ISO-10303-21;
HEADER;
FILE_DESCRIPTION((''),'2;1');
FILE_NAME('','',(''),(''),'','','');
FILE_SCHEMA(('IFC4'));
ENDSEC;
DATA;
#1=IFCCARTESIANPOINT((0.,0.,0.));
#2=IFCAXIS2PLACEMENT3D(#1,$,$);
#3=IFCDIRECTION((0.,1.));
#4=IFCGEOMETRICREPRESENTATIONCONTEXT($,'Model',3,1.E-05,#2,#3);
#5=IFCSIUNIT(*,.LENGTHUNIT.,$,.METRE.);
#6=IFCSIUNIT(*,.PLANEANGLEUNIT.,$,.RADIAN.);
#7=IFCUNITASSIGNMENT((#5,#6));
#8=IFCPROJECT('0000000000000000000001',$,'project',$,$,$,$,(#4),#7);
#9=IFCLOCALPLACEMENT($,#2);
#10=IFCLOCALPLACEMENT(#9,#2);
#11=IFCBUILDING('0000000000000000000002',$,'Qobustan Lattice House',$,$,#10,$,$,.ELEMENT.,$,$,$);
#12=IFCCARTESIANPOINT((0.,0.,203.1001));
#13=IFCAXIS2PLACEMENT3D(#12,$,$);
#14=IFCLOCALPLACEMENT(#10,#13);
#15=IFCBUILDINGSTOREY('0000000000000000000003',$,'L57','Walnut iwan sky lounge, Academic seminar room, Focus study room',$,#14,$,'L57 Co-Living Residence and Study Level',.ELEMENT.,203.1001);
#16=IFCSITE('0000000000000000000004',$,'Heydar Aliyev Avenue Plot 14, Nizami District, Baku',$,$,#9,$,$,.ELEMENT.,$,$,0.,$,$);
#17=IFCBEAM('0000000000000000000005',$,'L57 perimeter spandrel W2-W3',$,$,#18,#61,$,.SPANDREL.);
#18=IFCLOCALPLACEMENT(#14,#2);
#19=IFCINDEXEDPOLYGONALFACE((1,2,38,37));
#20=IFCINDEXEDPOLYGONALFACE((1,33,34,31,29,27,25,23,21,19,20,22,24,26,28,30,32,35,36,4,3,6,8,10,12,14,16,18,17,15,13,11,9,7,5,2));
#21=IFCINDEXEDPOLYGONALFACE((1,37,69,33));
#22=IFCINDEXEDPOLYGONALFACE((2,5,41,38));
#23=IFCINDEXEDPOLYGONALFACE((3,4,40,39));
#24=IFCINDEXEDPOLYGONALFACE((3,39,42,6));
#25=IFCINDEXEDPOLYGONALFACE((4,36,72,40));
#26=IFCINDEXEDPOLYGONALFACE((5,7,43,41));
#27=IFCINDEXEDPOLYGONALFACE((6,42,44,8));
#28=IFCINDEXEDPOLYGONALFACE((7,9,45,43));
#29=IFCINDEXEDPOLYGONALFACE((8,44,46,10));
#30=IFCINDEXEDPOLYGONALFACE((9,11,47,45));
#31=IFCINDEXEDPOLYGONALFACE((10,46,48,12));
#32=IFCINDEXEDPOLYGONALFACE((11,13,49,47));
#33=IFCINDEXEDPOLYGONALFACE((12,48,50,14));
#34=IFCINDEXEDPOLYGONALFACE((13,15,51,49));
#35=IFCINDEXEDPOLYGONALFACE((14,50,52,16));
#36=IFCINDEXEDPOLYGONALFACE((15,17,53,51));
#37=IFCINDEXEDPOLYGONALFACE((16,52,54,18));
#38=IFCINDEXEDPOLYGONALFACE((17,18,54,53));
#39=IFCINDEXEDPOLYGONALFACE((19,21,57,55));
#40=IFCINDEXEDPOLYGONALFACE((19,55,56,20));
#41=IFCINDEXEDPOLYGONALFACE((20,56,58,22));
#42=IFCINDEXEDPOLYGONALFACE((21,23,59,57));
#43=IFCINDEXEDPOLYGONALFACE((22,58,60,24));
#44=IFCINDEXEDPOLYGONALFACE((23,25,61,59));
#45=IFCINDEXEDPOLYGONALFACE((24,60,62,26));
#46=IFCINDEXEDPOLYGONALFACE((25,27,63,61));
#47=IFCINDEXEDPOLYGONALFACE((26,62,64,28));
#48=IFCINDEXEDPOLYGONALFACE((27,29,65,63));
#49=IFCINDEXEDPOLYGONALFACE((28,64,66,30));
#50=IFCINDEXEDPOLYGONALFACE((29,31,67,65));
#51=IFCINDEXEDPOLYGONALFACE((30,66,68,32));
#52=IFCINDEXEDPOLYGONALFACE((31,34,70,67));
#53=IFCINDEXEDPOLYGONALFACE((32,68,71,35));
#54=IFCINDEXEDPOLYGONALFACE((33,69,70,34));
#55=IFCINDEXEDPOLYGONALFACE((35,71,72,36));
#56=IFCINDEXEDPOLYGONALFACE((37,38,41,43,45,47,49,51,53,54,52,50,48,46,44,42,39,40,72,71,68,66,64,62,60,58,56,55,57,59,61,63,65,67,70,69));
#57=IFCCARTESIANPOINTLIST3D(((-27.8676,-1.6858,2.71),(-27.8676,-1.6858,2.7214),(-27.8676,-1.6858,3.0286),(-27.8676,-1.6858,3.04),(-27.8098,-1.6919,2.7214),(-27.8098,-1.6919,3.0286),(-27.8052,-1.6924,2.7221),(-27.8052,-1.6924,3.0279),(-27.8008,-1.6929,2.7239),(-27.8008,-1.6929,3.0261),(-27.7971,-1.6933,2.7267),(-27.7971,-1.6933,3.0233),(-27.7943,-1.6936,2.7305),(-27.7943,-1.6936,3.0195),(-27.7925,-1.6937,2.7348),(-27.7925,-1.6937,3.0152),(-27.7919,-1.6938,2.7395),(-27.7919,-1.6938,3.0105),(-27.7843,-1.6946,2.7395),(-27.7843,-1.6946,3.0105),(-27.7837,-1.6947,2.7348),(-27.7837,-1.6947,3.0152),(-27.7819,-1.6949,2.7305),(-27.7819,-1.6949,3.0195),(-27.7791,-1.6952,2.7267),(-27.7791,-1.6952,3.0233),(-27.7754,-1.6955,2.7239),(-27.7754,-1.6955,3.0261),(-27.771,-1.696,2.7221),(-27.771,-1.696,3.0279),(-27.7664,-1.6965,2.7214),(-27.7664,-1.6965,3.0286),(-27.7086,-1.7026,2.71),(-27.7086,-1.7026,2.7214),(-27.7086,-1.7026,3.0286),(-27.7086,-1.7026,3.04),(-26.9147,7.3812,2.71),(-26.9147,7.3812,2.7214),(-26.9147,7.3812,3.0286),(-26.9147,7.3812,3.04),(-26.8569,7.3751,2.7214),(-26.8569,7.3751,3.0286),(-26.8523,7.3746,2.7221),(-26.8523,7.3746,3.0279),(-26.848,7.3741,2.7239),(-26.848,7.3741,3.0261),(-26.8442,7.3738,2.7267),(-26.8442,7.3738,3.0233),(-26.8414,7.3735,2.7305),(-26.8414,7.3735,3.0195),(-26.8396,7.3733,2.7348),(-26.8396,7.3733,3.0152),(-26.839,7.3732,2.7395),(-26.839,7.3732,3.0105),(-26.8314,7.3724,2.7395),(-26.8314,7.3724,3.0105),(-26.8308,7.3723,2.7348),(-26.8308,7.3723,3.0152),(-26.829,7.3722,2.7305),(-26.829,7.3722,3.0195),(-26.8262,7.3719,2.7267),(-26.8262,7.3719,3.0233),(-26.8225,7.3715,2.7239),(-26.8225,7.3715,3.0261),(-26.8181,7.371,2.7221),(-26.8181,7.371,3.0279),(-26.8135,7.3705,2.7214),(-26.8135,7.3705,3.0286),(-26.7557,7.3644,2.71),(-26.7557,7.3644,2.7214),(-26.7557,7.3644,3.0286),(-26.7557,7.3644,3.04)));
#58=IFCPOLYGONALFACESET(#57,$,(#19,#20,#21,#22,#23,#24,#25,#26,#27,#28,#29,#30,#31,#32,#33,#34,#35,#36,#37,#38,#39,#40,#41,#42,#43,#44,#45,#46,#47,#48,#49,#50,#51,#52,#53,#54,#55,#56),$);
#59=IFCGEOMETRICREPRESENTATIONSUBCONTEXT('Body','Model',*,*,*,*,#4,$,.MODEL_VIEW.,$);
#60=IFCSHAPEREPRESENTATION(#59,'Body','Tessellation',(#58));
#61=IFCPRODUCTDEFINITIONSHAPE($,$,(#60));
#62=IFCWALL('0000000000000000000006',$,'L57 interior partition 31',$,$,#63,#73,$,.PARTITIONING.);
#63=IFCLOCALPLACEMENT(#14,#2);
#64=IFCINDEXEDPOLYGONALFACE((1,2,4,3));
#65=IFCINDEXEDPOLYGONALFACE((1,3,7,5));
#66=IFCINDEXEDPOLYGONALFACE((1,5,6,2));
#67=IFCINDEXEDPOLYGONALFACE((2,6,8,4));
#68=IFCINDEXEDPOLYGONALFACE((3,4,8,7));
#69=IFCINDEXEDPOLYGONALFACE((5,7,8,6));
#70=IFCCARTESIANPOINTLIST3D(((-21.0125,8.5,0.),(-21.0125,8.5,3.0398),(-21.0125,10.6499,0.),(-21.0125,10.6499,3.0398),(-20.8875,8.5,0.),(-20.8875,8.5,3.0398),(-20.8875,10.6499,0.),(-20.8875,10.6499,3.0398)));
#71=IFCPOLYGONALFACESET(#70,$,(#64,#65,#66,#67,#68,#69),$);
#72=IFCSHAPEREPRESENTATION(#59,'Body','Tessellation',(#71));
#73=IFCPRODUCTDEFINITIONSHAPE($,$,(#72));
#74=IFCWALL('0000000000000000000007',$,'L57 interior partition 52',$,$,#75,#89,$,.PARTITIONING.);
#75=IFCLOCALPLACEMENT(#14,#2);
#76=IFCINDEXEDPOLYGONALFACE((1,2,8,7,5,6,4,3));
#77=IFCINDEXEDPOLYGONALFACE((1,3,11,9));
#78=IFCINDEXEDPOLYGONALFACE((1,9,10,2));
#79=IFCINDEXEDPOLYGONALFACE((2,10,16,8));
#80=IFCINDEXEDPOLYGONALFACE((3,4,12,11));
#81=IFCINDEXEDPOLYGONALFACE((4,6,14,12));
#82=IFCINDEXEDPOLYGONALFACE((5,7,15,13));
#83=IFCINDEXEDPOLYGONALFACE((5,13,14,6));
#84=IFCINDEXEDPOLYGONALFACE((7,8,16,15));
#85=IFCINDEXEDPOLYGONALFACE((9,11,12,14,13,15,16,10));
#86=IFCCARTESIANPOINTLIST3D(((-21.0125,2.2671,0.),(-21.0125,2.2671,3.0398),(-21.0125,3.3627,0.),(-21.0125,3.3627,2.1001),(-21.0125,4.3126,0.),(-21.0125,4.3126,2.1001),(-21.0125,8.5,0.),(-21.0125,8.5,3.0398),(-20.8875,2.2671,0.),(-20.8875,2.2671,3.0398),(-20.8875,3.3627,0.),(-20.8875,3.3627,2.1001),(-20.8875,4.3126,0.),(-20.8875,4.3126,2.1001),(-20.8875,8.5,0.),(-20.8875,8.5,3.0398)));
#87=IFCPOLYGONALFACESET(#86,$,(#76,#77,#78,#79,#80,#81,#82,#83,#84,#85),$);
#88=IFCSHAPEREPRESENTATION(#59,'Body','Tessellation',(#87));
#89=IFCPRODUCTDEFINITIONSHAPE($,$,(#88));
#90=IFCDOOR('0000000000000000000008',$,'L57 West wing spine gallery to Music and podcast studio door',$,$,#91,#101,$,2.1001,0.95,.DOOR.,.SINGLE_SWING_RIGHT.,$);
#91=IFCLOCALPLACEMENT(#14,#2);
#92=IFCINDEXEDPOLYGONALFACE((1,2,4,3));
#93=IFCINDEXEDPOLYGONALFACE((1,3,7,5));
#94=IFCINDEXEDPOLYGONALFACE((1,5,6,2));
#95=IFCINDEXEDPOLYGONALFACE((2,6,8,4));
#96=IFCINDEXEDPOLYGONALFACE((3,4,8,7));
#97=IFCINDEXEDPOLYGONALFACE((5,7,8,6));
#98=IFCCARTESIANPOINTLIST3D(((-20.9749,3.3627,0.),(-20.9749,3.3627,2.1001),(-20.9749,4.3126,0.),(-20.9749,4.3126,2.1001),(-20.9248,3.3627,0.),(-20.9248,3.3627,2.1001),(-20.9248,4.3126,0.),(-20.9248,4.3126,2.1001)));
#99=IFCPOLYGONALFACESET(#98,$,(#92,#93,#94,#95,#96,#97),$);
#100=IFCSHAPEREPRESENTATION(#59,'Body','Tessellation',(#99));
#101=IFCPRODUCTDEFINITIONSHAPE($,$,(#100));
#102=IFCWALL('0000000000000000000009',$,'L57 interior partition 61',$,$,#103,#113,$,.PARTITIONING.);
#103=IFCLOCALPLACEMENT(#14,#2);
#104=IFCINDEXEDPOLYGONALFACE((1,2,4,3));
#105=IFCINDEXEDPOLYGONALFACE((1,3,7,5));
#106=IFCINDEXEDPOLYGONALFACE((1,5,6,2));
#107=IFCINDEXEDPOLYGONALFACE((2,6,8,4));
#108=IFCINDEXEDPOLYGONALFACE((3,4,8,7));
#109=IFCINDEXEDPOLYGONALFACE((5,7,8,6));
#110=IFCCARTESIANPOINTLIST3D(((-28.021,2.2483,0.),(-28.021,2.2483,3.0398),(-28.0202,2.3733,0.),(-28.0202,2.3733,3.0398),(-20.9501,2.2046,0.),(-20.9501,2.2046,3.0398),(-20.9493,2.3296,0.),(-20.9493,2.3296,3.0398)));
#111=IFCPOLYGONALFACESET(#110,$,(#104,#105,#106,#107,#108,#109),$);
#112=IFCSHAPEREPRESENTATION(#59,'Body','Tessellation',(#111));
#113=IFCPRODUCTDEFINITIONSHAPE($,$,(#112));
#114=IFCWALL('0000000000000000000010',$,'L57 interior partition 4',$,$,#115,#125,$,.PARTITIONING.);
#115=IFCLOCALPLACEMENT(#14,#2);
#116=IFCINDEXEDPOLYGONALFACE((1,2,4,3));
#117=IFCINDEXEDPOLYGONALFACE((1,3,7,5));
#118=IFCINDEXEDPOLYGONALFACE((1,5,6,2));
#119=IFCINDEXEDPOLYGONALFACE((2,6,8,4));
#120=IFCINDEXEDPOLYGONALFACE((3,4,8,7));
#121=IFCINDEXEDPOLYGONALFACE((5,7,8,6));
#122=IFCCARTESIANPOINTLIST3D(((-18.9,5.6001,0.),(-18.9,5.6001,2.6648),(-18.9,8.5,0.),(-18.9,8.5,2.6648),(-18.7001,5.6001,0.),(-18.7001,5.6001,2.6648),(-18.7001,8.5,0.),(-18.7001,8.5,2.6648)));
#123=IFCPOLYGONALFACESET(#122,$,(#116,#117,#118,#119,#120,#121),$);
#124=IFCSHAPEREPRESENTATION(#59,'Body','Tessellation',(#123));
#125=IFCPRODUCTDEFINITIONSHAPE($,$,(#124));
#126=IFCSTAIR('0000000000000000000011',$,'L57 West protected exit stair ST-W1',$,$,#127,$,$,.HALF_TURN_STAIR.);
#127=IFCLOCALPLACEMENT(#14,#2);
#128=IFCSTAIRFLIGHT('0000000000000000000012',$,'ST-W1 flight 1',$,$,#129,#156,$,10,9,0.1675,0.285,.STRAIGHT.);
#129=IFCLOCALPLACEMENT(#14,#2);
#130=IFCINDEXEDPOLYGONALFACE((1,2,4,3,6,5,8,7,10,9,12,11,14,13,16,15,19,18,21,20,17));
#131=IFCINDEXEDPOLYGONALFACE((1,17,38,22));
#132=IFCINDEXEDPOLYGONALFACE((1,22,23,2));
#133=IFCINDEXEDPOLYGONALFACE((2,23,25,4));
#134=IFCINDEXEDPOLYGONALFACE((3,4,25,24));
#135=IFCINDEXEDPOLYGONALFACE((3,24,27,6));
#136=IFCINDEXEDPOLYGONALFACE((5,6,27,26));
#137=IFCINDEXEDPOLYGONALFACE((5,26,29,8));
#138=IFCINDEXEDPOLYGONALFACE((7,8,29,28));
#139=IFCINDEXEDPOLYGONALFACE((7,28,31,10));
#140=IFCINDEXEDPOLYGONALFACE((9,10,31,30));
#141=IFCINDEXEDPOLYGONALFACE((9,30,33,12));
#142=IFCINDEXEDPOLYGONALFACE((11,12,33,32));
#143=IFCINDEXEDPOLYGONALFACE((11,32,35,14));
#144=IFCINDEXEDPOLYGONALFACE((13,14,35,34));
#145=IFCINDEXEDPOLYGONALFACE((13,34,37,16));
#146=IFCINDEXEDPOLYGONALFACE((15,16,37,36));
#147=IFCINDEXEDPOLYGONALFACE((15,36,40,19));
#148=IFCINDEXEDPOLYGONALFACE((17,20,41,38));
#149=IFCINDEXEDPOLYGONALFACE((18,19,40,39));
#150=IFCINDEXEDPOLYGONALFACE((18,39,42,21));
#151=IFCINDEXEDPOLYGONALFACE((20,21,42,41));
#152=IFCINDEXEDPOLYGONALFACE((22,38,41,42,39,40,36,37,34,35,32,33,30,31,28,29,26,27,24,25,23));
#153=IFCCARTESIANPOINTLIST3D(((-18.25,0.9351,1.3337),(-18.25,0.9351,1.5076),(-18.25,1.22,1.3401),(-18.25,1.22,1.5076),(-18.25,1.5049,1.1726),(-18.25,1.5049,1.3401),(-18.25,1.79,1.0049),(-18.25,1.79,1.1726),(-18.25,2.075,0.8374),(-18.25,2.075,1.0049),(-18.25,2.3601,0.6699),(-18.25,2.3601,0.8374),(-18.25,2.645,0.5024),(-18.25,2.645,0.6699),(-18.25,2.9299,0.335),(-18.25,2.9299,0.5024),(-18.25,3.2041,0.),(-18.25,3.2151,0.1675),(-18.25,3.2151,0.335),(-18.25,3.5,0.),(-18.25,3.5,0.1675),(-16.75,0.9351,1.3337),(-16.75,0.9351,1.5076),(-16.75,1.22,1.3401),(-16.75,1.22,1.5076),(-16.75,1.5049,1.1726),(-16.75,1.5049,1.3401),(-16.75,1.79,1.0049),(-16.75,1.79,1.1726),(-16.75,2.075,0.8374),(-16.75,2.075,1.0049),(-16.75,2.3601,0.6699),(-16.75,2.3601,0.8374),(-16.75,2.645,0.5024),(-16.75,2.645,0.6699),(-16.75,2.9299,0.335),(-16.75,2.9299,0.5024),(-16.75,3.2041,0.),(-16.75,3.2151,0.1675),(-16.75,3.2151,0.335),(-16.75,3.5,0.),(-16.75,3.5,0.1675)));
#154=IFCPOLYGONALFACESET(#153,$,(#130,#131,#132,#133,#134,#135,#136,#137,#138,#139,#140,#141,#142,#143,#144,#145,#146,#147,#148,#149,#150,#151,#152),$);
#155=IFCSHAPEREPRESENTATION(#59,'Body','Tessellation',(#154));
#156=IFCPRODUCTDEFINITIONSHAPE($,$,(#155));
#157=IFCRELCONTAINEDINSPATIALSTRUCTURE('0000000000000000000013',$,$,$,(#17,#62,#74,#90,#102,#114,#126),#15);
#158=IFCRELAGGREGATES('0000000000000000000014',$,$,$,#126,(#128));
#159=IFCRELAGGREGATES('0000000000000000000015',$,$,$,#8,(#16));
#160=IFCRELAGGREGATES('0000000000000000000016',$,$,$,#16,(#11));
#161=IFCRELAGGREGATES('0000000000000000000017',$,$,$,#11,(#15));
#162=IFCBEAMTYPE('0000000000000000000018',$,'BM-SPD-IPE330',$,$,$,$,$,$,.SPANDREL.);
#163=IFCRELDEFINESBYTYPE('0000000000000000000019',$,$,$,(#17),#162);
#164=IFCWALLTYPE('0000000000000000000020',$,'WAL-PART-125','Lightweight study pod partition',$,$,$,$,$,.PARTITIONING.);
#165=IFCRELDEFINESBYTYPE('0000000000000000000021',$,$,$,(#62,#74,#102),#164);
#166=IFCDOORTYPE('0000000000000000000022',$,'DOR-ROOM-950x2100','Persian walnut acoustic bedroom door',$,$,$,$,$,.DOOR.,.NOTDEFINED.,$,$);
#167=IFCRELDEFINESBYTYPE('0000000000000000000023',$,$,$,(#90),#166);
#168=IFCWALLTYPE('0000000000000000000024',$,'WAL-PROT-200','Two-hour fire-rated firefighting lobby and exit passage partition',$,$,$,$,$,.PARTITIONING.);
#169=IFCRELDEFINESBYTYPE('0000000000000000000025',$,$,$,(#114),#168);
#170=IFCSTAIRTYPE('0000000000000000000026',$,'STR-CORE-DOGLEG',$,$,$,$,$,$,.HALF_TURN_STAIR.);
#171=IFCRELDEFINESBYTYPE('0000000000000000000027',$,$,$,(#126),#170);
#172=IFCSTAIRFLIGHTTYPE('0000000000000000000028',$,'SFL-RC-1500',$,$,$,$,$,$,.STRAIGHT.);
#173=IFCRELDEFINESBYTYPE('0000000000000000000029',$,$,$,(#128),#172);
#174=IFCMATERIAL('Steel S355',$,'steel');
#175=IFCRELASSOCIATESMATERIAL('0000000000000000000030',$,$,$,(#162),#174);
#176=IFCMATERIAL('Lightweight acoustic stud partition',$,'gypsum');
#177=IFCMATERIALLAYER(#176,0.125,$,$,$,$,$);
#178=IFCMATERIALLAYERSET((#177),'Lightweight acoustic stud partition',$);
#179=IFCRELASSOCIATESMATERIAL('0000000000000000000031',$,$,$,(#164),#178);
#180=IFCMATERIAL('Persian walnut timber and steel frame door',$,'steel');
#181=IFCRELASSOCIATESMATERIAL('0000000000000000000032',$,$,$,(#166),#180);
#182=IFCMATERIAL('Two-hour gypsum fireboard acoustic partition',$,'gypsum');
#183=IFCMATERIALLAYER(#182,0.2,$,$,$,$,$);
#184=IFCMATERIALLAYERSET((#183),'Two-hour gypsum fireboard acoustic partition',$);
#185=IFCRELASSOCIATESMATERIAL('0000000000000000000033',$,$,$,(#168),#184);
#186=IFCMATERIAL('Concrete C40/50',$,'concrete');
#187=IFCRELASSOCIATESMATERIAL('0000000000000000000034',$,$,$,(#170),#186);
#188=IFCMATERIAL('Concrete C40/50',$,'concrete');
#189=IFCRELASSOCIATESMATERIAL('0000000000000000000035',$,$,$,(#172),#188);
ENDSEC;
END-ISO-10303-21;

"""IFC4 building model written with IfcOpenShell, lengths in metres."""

from ifc_helpers import new_model, si_unit, direction, frame, frame_2d, origin, origin_2d, place, context, subcontext, project, spatial, polyline, rectangle, i_section, outline, extrude, material, layer, layer_set, material_profile, profile_set, type_object, element, fill, aggregate, save


model = new_model("IFC4")

# Units and contexts
model_context = context("Model", 3, precision=1e-05, world=origin(), true_north=direction((0.0, 1.0)))
body_context = subcontext(model_context, "Body", "Model", "MODEL_VIEW")
ifc_project = project(units=[si_unit("LENGTHUNIT", "METRE"), si_unit("PLANEANGLEUNIT", "RADIAN")], contexts=[model_context])

# Site, building, storey
site_placement = place(None, origin())
site = spatial("IfcSite", under=ifc_project, at=site_placement, Name="Heydar Aliyev Avenue Plot 14, Nizami District, Baku", CompositionType="ELEMENT", RefElevation=0.0)
building_placement = place(site_placement, origin())
building = spatial("IfcBuilding", under=site, at=building_placement, Name="Qobustan Lattice House", CompositionType="ELEMENT")
storey_placement = place(building_placement, frame((0.0, 0.0, 203.1001)))
storey = spatial("IfcBuildingStorey", under=building, at=storey_placement, Name="L57", Description="Walnut iwan sky lounge, Academic seminar room, Focus study room", LongName="L57 Co-Living Residence and Study Level", CompositionType="ELEMENT", Elevation=203.1001)

# Beam
ifc_material_1 = material(Name="Steel S355", Category="steel")
ifc_material_profile_1 = material_profile(ifc_material_1, i_section(OverallWidth=0.1599, OverallDepth=0.3301, WebThickness=0.0076, FlangeThickness=0.0115, FilletRadius=0.0181, at=origin_2d()), Name="IPE330")
ifc_profile_set_1 = profile_set([ifc_material_profile_1], Name="Steel S355")
beam_type_1 = type_object("IfcBeamType", Name="BM-SPD-IPE330", PredefinedType="SPANDREL", material=ifc_profile_set_1)
beam_1_placement = place(storey_placement, frame((-26.8352, 7.3728, 2.875), z_axis=(-0.104519, -0.994523, 0.0), x_axis=(0.994523, -0.104519, 0.0)))
element("IfcBeam", 1, at=beam_1_placement, inside=storey, type_object=beam_type_1, Name="L57 perimeter spandrel W2-W3", PredefinedType="SPANDREL", context=body_context, shape_type="SweptSolid", body=[
    extrude(i_section(OverallWidth=0.1599, OverallDepth=0.3301, WebThickness=0.0076, FlangeThickness=0.0115, FilletRadius=0.0181, at=origin_2d()), origin(), (0.0, 0.0, 1.0), 9.1169),
])

# Wall
ifc_material_2 = material(Name="Lightweight acoustic stud partition", Category="gypsum")
ifc_layer_1 = layer(ifc_material_2, 0.125)
ifc_layer_set_1 = layer_set([ifc_layer_1], Name="Lightweight acoustic stud partition")
wall_type_1 = type_object("IfcWallType", Name="WAL-PART-125", Description="Lightweight study pod partition", PredefinedType="PARTITIONING", material=ifc_layer_set_1)
wall_1_placement = place(storey_placement, frame((-20.95, 8.5, 0.0), z_axis=(0.0, 0.0, 1.0), x_axis=(0.0, 1.0, 0.0)))
element("IfcWall", 2, at=wall_1_placement, inside=storey, type_object=wall_type_1, Name="L57 interior partition 31", PredefinedType="PARTITIONING", context=body_context, shape_type="SweptSolid", body=[
    extrude(rectangle(XDim=2.1499, YDim=0.125, at=frame_2d((1.075, 0.0))), origin(), (0.0, 0.0, 1.0), 3.0398),
])

# Wall, opening, door
wall_2_placement = place(storey_placement, frame((-20.95, 2.2671, 0.0), z_axis=(0.0, 0.0, 1.0), x_axis=(0.0, 1.0, 0.0)))
wall_2 = element("IfcWall", 3, at=wall_2_placement, inside=storey, type_object=wall_type_1, Name="L57 interior partition 52", PredefinedType="PARTITIONING", context=body_context, shape_type="SweptSolid", body=[
    extrude(rectangle(XDim=6.2329, YDim=0.125, at=frame_2d((3.1165, 0.0))), origin(), (0.0, 0.0, 1.0), 3.0398),
])
opening_1_placement = place(wall_2_placement, frame((1.0955, 0.0, 0.0)))
opening_1 = element("IfcOpeningElement", 4, at=opening_1_placement, cuts=wall_2, PredefinedType="OPENING", context=body_context, shape_type="SweptSolid", body=[
    extrude(rectangle(XDim=0.95, YDim=2.1001, at=frame_2d((0.4751, 1.05))), frame((0.0, 0.0725, 0.0), z_axis=(0.0, -1.0, 0.0), x_axis=(1.0, 0.0, 0.0)), (0.0, 0.0, 1.0), 0.145),
])
ifc_material_3 = material(Name="Persian walnut timber and steel frame door", Category="steel")
door_type_1 = type_object("IfcDoorType", Name="DOR-ROOM-950x2100", Description="Persian walnut acoustic bedroom door", OperationType="NOTDEFINED", PredefinedType="DOOR", material=ifc_material_3)
door_1_placement = place(opening_1_placement, origin())
door_1 = element("IfcDoor", 5, at=door_1_placement, inside=storey, type_object=door_type_1, Name="L57 West wing spine gallery to Music and podcast studio door", OperationType="SINGLE_SWING_RIGHT", OverallHeight=2.1001, OverallWidth=0.95, PredefinedType="DOOR", context=body_context, shape_type="SweptSolid", body=[
    extrude(rectangle(XDim=0.95, YDim=2.1001, at=frame_2d((0.4751, 1.05))), frame((0.0, 0.0249, 0.0), z_axis=(0.0, -1.0, 0.0), x_axis=(1.0, 0.0, 0.0)), (0.0, 0.0, 1.0), 0.05),
])
fill(opening_1, door_1)

# Wall
wall_3_placement = place(storey_placement, frame((-28.0208, 2.3108, 0.0), z_axis=(0.0, 0.0, 1.0), x_axis=(0.999981, -0.00618, 0.0)))
element("IfcWall", 6, at=wall_3_placement, inside=storey, type_object=wall_type_1, Name="L57 interior partition 61", PredefinedType="PARTITIONING", context=body_context, shape_type="SweptSolid", body=[
    extrude(rectangle(XDim=7.071, YDim=0.125, at=frame_2d((3.5356, 0.0))), origin(), (0.0, 0.0, 1.0), 3.0398),
])

# Wall
ifc_material_4 = material(Name="Two-hour gypsum fireboard acoustic partition", Category="gypsum")
ifc_layer_2 = layer(ifc_material_4, 0.2)
ifc_layer_set_2 = layer_set([ifc_layer_2], Name="Two-hour gypsum fireboard acoustic partition")
wall_type_2 = type_object("IfcWallType", Name="WAL-PROT-200", Description="Two-hour fire-rated firefighting lobby and exit passage partition", PredefinedType="PARTITIONING", material=ifc_layer_set_2)
wall_4_placement = place(storey_placement, frame((-18.8, 8.5, 0.0), z_axis=(0.0, 0.0, 1.0), x_axis=(0.0, -1.0, 0.0)))
element("IfcWall", 7, at=wall_4_placement, inside=storey, type_object=wall_type_2, Name="L57 interior partition 4", PredefinedType="PARTITIONING", context=body_context, shape_type="SweptSolid", body=[
    extrude(rectangle(XDim=2.8999, YDim=0.2, at=frame_2d((1.45, 0.0))), origin(), (0.0, 0.0, 1.0), 2.6648),
])

# Stair, stair flight
ifc_material_5 = material(Name="Concrete C40/50", Category="concrete")
stair_type = type_object("IfcStairType", Name="STR-CORE-DOGLEG", PredefinedType="HALF_TURN_STAIR", material=ifc_material_5)
stair_placement = place(storey_placement, origin())
stair = element("IfcStair", 8, at=stair_placement, inside=storey, type_object=stair_type, Name="L57 West protected exit stair ST-W1", PredefinedType="HALF_TURN_STAIR")
ifc_material_6 = material(Name="Concrete C40/50", Category="concrete")
stair_flight_type = type_object("IfcStairFlightType", Name="SFL-RC-1500", PredefinedType="STRAIGHT", material=ifc_material_6)
stair_flight_placement = place(storey_placement, frame((-17.5, 3.5, 0.0), z_axis=(0.0, 0.0, 1.0), x_axis=(0.0, -1.0, 0.0)))
stair_flight = element("IfcStairFlight", 9, at=stair_flight_placement, type_object=stair_flight_type, Name="ST-W1 flight 1", NumberOfRisers=10, NumberOfTreads=9, PredefinedType="STRAIGHT", RiserHeight=0.1675, TreadLength=0.285, context=body_context, shape_type="SweptSolid", body=[
    extrude(outline(polyline([(0.0, 0.0), (0.0, 0.1675), (0.2849, 0.1675), (0.2849, 0.335), (0.5701, 0.335), (0.5701, 0.5024), (0.855, 0.5024), (0.855, 0.6699), (1.1399, 0.6699), (1.1399, 0.8374), (1.425, 0.8374), (1.425, 1.0049), (1.71, 1.0049), (1.71, 1.1726), (1.9951, 1.1726), (1.9951, 1.3401), (2.28, 1.3401), (2.28, 1.5076), (2.5649, 1.5076), (2.5649, 1.675), (2.5649, 1.3337), (0.2959, 0.0), (0.0, 0.0)])), frame((0.0, 0.75, 0.0), z_axis=(0.0, -1.0, 0.0), x_axis=(1.0, 0.0, 0.0)), (0.0, 0.0, 1.0), 1.5),
])
aggregate(stair, [stair_flight])

save(model, "model.ifc")
